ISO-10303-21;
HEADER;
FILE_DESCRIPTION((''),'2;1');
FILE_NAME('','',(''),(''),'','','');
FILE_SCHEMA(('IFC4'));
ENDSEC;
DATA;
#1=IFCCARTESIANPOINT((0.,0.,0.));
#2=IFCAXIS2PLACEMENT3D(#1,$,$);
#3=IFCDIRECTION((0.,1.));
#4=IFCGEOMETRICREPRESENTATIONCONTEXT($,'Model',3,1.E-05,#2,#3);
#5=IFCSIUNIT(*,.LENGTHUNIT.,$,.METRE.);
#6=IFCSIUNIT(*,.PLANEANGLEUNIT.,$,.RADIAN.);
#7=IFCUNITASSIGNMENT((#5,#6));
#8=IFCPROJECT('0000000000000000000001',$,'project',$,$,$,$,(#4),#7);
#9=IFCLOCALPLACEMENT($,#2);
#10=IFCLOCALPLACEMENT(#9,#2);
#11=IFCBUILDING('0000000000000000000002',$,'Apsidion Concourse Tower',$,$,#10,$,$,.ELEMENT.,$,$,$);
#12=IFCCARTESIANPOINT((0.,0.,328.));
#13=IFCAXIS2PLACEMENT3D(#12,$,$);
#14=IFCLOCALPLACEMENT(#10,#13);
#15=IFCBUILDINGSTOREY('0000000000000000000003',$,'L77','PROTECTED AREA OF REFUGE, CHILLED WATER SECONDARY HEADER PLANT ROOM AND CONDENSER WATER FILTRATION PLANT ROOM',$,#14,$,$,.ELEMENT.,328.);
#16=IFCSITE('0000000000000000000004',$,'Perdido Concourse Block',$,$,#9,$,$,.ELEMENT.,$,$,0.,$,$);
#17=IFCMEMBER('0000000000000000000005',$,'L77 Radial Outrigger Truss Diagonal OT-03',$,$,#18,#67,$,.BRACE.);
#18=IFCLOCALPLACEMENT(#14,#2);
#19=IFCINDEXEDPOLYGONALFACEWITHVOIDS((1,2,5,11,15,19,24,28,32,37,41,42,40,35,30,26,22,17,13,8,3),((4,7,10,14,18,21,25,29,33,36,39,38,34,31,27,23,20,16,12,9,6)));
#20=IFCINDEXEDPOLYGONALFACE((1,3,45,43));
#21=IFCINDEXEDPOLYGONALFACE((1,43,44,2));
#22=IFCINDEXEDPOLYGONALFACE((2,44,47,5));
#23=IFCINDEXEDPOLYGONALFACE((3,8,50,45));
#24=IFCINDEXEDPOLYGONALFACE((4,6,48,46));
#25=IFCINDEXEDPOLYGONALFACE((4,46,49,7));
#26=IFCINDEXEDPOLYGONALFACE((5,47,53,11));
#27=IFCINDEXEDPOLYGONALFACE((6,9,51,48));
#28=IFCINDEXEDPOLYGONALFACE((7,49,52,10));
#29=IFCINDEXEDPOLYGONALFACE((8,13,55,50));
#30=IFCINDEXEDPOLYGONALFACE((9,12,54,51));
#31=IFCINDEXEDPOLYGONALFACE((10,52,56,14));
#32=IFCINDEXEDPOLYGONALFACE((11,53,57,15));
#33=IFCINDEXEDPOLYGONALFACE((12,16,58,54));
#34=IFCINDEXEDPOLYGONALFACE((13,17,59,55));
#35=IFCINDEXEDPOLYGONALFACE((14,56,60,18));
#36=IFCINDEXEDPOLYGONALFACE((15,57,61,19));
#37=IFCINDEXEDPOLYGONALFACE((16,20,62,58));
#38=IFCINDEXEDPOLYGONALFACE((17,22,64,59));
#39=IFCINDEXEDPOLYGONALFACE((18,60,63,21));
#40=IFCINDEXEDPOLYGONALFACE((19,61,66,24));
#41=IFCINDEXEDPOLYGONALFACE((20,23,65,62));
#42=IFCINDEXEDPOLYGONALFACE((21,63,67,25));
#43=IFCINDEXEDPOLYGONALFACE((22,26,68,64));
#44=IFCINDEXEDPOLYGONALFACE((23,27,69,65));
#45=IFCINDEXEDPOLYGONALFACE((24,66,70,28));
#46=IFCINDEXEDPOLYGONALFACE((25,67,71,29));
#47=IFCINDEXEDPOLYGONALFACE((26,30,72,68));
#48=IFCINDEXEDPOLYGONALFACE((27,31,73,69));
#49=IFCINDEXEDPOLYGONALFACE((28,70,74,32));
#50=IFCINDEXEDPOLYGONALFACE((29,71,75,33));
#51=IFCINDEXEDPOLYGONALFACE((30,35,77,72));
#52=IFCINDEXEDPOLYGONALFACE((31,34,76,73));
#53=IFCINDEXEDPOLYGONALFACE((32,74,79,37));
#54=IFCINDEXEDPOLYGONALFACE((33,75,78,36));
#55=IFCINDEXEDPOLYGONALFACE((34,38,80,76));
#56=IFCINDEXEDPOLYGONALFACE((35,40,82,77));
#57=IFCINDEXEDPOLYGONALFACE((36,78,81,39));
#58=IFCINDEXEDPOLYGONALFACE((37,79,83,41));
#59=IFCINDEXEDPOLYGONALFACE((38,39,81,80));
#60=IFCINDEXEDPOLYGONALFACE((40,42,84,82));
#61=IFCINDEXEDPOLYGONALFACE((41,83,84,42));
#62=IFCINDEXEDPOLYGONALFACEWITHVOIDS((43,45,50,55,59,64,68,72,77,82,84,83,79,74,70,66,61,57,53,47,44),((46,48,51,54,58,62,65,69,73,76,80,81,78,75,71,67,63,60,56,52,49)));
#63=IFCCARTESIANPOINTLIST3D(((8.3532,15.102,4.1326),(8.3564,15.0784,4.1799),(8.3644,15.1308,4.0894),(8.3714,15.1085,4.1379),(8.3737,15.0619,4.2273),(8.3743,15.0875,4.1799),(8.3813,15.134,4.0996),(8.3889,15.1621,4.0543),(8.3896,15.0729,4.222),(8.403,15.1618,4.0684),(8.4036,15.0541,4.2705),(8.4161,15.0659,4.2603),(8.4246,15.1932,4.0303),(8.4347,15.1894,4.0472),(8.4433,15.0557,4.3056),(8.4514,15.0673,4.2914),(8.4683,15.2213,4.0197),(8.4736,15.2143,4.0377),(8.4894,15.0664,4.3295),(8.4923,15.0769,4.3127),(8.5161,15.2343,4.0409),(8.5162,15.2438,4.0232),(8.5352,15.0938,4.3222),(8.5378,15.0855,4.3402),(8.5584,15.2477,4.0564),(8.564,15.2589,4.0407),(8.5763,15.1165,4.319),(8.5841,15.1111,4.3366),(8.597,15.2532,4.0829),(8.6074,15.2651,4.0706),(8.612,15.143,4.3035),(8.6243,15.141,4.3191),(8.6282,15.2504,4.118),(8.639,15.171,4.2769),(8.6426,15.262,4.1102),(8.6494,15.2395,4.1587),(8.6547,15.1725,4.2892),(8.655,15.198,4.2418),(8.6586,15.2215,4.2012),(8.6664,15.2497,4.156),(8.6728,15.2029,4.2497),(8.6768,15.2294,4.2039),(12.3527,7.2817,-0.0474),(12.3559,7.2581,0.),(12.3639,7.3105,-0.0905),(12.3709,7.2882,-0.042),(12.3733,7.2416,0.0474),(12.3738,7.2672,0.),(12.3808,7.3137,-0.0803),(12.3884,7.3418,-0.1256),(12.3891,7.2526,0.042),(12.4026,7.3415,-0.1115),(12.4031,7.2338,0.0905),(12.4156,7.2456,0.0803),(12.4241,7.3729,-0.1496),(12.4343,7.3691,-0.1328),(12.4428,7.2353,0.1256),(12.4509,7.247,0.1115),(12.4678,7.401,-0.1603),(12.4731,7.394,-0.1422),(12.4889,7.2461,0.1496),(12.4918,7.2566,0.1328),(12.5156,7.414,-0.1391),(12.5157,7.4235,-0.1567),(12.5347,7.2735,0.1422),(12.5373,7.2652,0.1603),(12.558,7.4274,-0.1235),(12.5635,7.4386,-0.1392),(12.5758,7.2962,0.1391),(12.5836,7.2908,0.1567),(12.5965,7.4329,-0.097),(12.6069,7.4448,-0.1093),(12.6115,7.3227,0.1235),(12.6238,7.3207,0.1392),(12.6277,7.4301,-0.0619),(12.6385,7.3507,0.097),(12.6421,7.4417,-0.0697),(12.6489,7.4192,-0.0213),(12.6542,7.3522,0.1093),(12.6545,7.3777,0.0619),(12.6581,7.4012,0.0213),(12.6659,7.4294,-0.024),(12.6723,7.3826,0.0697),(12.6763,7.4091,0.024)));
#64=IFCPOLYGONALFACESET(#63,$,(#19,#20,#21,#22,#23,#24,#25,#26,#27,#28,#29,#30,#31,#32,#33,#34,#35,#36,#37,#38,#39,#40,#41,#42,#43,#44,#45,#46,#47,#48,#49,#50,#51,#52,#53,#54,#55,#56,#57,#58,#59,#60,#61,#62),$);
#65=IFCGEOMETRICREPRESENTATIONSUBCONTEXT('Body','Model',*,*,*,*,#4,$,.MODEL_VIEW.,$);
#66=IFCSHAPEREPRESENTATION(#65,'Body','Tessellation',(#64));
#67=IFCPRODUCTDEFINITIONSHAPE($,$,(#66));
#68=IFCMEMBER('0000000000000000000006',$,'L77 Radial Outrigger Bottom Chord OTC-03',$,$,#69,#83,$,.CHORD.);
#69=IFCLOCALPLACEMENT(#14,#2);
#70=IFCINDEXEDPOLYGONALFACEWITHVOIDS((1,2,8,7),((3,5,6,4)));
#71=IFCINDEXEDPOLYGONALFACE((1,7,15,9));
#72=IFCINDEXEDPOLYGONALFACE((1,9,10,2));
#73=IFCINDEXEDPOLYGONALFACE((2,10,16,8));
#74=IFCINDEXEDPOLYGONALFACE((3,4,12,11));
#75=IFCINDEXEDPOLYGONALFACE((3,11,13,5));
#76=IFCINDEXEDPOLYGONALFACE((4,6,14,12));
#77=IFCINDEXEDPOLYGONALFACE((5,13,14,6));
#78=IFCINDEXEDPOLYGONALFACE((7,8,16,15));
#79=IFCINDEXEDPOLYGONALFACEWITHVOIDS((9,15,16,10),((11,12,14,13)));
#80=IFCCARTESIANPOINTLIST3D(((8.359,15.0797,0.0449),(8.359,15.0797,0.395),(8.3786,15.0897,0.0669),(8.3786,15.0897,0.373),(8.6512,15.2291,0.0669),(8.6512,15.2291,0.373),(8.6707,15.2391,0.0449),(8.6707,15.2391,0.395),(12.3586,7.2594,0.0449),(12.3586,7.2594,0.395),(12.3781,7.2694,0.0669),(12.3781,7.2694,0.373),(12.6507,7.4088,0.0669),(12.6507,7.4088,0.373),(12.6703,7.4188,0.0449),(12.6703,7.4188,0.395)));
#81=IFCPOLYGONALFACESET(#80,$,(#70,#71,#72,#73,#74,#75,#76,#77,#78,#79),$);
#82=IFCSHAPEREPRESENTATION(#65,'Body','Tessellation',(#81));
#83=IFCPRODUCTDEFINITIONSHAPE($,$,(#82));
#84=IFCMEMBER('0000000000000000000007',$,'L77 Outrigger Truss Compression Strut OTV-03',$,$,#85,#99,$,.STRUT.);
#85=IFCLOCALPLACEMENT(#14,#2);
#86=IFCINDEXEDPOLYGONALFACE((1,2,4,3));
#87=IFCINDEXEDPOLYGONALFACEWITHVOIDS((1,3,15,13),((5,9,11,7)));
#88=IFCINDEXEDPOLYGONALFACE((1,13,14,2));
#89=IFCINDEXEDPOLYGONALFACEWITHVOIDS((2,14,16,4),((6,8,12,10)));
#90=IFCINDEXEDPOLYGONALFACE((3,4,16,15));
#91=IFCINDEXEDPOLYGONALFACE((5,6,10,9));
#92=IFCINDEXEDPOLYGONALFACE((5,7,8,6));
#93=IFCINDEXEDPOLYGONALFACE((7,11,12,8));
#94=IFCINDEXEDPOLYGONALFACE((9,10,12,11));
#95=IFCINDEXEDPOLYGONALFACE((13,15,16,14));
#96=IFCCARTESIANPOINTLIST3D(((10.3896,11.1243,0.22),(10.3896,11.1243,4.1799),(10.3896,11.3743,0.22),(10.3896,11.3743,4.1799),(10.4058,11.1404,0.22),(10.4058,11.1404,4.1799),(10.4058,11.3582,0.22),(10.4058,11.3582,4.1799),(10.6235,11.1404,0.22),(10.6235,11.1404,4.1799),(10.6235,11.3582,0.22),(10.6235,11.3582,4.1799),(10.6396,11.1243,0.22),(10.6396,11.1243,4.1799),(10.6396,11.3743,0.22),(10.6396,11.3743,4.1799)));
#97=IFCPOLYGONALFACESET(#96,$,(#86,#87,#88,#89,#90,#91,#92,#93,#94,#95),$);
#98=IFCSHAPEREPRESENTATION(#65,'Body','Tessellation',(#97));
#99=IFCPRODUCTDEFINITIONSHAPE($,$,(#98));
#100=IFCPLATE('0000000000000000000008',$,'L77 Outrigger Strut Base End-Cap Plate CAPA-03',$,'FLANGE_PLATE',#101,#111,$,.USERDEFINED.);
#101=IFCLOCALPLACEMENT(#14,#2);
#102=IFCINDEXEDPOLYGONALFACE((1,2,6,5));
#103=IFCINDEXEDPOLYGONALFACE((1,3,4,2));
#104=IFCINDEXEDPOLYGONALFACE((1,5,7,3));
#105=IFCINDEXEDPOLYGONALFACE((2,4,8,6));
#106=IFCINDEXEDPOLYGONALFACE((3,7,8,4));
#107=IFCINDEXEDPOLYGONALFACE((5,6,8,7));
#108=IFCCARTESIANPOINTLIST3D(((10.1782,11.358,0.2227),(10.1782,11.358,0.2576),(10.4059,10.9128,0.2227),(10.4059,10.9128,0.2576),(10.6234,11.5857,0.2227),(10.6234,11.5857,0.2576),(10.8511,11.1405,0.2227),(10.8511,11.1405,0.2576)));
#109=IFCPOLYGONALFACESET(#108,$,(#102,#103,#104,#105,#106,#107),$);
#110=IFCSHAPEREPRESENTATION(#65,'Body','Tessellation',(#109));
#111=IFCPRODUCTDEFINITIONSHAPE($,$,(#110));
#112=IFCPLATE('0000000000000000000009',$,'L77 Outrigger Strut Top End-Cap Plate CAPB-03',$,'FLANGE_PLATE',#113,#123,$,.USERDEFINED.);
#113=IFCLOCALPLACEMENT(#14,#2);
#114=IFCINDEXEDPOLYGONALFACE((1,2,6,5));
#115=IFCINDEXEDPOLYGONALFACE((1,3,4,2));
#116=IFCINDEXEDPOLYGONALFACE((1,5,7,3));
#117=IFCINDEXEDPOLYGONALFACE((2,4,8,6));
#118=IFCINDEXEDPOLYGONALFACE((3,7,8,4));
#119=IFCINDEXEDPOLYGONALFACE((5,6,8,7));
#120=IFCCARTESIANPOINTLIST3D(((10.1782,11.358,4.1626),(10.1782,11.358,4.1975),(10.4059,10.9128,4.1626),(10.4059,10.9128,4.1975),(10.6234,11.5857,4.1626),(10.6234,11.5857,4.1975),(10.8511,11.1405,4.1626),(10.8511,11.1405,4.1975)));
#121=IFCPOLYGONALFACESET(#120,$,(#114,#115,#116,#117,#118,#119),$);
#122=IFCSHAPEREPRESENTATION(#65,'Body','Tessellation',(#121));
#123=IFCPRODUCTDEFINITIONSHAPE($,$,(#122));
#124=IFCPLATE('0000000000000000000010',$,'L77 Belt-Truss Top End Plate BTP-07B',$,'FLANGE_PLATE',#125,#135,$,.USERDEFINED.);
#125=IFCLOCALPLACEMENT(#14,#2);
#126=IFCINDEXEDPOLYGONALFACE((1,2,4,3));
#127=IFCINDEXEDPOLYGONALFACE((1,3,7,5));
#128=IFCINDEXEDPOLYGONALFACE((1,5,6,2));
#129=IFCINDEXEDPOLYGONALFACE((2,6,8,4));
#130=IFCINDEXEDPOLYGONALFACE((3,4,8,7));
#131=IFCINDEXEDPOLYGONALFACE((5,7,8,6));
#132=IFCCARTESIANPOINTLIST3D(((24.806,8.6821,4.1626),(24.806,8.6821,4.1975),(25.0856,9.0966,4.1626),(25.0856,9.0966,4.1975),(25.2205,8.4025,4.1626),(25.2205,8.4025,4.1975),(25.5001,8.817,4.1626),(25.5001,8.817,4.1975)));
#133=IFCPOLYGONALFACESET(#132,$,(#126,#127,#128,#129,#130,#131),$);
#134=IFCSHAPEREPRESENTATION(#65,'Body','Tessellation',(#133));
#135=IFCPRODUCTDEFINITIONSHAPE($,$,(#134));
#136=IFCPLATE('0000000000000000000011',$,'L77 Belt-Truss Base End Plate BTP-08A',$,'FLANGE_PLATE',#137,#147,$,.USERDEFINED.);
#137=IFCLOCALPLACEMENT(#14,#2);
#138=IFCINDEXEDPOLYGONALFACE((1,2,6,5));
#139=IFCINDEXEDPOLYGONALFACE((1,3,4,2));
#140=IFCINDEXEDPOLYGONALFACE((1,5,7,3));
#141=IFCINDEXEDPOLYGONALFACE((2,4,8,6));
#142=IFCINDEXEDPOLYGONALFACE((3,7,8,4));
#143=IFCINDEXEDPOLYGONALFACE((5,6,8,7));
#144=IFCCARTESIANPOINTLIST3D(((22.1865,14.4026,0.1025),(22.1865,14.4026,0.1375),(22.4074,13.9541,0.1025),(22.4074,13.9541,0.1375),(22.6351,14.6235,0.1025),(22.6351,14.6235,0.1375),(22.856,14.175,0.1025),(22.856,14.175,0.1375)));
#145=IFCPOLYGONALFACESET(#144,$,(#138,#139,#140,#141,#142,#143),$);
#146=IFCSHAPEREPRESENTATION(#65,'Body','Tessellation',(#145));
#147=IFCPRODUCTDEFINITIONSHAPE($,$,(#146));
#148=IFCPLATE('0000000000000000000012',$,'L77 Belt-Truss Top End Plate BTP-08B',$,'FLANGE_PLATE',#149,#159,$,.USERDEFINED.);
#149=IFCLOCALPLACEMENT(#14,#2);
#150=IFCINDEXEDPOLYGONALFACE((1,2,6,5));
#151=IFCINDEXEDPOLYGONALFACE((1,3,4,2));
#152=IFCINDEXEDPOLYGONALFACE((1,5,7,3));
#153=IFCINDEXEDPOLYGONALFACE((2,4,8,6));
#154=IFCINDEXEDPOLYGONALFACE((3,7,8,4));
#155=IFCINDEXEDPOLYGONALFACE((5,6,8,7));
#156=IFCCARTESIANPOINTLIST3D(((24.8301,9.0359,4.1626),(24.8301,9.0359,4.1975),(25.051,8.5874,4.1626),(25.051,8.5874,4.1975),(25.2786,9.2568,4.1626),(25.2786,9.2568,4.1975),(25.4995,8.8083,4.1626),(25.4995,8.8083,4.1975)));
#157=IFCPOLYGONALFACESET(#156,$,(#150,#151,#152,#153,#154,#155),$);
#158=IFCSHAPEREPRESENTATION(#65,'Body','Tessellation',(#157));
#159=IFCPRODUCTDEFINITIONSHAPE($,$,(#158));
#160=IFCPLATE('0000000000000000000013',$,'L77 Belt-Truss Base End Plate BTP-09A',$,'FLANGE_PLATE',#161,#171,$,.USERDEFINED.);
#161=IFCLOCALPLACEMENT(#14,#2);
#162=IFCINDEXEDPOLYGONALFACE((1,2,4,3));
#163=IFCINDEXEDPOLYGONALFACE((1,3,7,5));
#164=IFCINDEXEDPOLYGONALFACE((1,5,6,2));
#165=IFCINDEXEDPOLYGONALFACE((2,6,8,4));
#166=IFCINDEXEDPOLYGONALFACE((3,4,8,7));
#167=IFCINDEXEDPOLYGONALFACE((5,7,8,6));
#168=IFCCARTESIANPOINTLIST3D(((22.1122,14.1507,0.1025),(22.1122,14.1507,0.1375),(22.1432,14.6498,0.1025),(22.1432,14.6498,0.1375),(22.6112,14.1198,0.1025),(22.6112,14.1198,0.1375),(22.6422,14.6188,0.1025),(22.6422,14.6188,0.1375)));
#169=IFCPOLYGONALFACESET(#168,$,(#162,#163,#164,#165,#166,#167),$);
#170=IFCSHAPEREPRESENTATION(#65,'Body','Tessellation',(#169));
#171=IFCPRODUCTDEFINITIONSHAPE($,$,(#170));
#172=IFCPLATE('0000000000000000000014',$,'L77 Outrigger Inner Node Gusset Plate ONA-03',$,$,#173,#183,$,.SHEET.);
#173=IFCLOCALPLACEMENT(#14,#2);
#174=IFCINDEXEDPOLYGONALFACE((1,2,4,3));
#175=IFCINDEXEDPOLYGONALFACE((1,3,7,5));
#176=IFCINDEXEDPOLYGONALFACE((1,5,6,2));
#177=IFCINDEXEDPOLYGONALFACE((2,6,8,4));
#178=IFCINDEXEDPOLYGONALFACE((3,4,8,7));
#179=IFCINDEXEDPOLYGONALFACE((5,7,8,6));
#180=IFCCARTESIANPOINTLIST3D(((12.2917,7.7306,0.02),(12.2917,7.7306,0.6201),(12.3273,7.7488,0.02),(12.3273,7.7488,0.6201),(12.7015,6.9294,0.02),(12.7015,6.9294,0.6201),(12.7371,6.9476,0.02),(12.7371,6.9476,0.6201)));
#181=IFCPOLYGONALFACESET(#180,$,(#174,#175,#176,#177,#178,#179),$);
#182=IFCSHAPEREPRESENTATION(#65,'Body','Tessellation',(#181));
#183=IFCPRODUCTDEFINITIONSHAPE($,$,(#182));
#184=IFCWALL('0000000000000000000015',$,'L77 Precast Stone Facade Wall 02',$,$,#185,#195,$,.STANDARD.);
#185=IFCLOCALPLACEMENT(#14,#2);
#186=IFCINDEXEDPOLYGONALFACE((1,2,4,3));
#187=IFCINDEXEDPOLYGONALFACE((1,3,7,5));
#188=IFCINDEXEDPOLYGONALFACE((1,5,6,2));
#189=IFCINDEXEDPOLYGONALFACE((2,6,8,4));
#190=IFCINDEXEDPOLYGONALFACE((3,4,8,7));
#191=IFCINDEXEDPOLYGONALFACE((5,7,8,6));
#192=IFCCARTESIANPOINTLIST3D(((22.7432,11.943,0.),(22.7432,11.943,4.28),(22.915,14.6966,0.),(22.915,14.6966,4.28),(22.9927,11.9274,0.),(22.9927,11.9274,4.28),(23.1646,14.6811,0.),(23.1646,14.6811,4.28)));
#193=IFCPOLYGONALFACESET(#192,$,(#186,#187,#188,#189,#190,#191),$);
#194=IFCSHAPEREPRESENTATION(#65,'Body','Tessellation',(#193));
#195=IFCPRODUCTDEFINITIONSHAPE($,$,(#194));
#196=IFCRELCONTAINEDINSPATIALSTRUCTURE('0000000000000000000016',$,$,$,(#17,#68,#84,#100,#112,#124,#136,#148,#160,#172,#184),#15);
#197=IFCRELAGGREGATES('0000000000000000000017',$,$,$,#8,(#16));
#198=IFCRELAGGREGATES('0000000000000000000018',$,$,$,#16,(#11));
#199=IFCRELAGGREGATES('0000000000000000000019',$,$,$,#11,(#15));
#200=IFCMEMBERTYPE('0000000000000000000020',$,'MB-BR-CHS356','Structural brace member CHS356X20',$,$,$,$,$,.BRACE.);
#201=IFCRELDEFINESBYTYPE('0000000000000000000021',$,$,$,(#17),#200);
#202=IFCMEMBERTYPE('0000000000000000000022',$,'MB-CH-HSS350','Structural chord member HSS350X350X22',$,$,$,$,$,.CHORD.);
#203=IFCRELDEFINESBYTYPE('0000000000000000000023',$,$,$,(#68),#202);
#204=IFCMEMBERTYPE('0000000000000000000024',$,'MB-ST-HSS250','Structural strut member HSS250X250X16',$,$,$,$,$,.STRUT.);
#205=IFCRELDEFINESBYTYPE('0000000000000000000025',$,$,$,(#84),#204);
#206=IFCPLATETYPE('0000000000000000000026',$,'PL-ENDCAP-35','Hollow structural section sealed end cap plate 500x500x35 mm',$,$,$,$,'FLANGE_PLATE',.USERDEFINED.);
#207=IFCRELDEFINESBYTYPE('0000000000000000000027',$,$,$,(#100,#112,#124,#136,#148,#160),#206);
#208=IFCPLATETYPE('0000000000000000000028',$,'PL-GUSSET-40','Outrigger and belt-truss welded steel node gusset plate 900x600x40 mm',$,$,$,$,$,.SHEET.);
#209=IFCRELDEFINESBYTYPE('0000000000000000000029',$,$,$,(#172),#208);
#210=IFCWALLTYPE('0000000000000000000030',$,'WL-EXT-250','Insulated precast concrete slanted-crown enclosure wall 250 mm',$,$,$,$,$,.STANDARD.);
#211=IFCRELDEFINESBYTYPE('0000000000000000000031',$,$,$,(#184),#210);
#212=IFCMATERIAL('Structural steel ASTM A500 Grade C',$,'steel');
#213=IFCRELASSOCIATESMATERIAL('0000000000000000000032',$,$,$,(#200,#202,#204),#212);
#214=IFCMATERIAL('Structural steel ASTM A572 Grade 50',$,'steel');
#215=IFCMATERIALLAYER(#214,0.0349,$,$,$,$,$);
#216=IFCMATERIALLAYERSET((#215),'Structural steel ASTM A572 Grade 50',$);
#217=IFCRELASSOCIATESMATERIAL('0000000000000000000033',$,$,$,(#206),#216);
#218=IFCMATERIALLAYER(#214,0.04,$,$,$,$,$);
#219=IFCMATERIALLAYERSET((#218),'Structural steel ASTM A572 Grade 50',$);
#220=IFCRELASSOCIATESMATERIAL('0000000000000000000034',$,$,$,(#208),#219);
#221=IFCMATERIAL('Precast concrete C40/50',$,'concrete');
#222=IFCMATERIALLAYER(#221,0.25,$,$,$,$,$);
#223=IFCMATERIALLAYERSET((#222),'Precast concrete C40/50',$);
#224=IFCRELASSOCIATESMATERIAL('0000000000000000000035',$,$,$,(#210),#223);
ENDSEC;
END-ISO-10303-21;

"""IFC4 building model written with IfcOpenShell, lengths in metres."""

from ifc_helpers import new_model, si_unit, direction, frame, frame_2d, origin, origin_2d, place, context, subcontext, project, spatial, rectangle, hollow_rectangle, hollow_circle, extrude, material, layer, layer_set, material_profile, profile_set, type_object, element, save


model = new_model("IFC4")

# Units and contexts
model_context = context("Model", 3, precision=1e-05, world=origin(), true_north=direction((0.0, 1.0)))
body_context = subcontext(model_context, "Body", "Model", "MODEL_VIEW")
ifc_project = project(units=[si_unit("LENGTHUNIT", "METRE"), si_unit("PLANEANGLEUNIT", "RADIAN")], contexts=[model_context])

# Site, building, storey
site_placement = place(None, origin())
site = spatial("IfcSite", under=ifc_project, at=site_placement, Name="Perdido Concourse Block", CompositionType="ELEMENT", RefElevation=0.0)
building_placement = place(site_placement, origin())
building = spatial("IfcBuilding", under=site, at=building_placement, Name="Apsidion Concourse Tower", CompositionType="ELEMENT")
storey_placement = place(building_placement, frame((0.0, 0.0, 328.0)))
storey = spatial("IfcBuildingStorey", under=building, at=storey_placement, Name="L77", Description="PROTECTED AREA OF REFUGE, CHILLED WATER SECONDARY HEADER PLANT ROOM AND CONDENSER WATER FILTRATION PLANT ROOM", CompositionType="ELEMENT", Elevation=328.0)

# Members
ifc_material_1 = material(Name="Structural steel ASTM A500 Grade C", Category="steel")
ifc_material_profile_1 = material_profile(ifc_material_1, hollow_circle(Radius=0.178, WallThickness=0.02, at=origin_2d()), Name="CHS356X20")
ifc_profile_set_1 = profile_set([ifc_material_profile_1], Name="Structural steel ASTM A500 Grade C")
member_type_1 = type_object("IfcMemberType", Name="MB-BR-CHS356", Description="Structural brace member CHS356X20", PredefinedType="BRACE", material=ifc_profile_set_1)
member_1_placement = place(storey_placement, frame((12.5144, 7.3391, 0.0), z_axis=(-0.411153, 0.803935, 0.4297), x_axis=(-0.890321, -0.455333, 0.0)))
element("IfcMember", 1, at=member_1_placement, inside=storey, type_object=member_type_1, Name="L77 Radial Outrigger Truss Diagonal OT-03", PredefinedType="BRACE", context=body_context, shape_type="SweptSolid", body=[
    extrude(hollow_circle(Radius=0.178, WallThickness=0.02, at=origin_2d()), origin(), (0.0, 0.0, 1.0), 9.7275),
])
ifc_material_profile_2 = material_profile(ifc_material_1, hollow_rectangle(XDim=0.3501, YDim=0.3501, WallThickness=0.022, at=origin_2d()), Name="HSS350X350X22")
ifc_profile_set_2 = profile_set([ifc_material_profile_2], Name="Structural steel ASTM A500 Grade C")
member_type_2 = type_object("IfcMemberType", Name="MB-CH-HSS350", Description="Structural chord member HSS350X350X22", PredefinedType="CHORD", material=ifc_profile_set_2)
member_2_placement = place(storey_placement, frame((12.5144, 7.3391, 0.22), z_axis=(-0.455333, 0.890321, 0.0), x_axis=(-0.890321, -0.455333, 0.0)))
element("IfcMember", 2, at=member_2_placement, inside=storey, type_object=member_type_2, Name="L77 Radial Outrigger Bottom Chord OTC-03", PredefinedType="CHORD", context=body_context, shape_type="SweptSolid", body=[
    extrude(hollow_rectangle(XDim=0.3501, YDim=0.3501, WallThickness=0.022, at=origin_2d()), origin(), (0.0, 0.0, 1.0), 8.7837),
])
ifc_material_profile_3 = material_profile(ifc_material_1, hollow_rectangle(XDim=0.25, YDim=0.25, WallThickness=0.0161, at=origin_2d()), Name="HSS250X250X16")
ifc_profile_set_3 = profile_set([ifc_material_profile_3], Name="Structural steel ASTM A500 Grade C")
member_type_3 = type_object("IfcMemberType", Name="MB-ST-HSS250", Description="Structural strut member HSS250X250X16", PredefinedType="STRUT", material=ifc_profile_set_3)
member_3_placement = place(storey_placement, frame((10.5146, 11.2493, 0.22), z_axis=(0.0, 0.0, 1.0), x_axis=(1.0, 0.0, 0.0)))
element("IfcMember", 3, at=member_3_placement, inside=storey, type_object=member_type_3, Name="L77 Outrigger Truss Compression Strut OTV-03", PredefinedType="STRUT", context=body_context, shape_type="SweptSolid", body=[
    extrude(hollow_rectangle(XDim=0.25, YDim=0.25, WallThickness=0.0161, at=origin_2d()), origin(), (0.0, 0.0, 1.0), 3.96),
])

# Plates
ifc_material_2 = material(Name="Structural steel ASTM A572 Grade 50", Category="steel")
ifc_layer_1 = layer(ifc_material_2, 0.0349)
ifc_layer_set_1 = layer_set([ifc_layer_1], Name="Structural steel ASTM A572 Grade 50")
plate_type_1 = type_object("IfcPlateType", Name="PL-ENDCAP-35", Description="Hollow structural section sealed end cap plate 500x500x35 mm", ElementType="FLANGE_PLATE", PredefinedType="USERDEFINED", material=ifc_layer_set_1)
for number, where, z_axis, x_axis, name in (
    (4, (10.5146, 11.2493, 0.2227), (0.0, 0.0, 1.0), (-0.45539, 0.890292, 0.0), "L77 Outrigger Strut Base End-Cap Plate CAPA-03"),
    (5, (10.5146, 11.2493, 4.1626), (0.0, 0.0, 1.0), (-0.45539, 0.890292, 0.0), "L77 Outrigger Strut Top End-Cap Plate CAPB-03"),
    (6, (25.1531, 8.7495, 4.1626), (0.0, 0.0, 1.0), (0.559193, 0.829038, 0.0), "L77 Belt-Truss Top End Plate BTP-07B"),
    (7, (22.5212, 14.2888, 0.1025), (0.0, 0.0, 1.0), (-0.441819, 0.897104, 0.0), "L77 Belt-Truss Base End Plate BTP-08A"),
    (8, (25.1648, 8.9221, 4.1626), (0.0, 0.0, 1.0), (-0.441819, 0.897104, 0.0), "L77 Belt-Truss Top End Plate BTP-08B"),
    (9, (22.3772, 14.3848, 0.1025), (0.0, 0.0, 1.0), (-0.998081, 0.06192, 0.0), "L77 Belt-Truss Base End Plate BTP-09A"),
):
    element("IfcPlate", number, at=place(storey_placement, frame(where, z_axis=z_axis, x_axis=x_axis)), inside=storey, type_object=plate_type_1, Name=name, ObjectType="FLANGE_PLATE", PredefinedType="USERDEFINED", context=body_context, shape_type="SweptSolid", body=[
        extrude(rectangle(XDim=0.5, YDim=0.5, at=origin_2d()), origin(), (0.0, 0.0, 1.0), 0.0349),
    ])
ifc_layer_2 = layer(ifc_material_2, 0.04)
ifc_layer_set_2 = layer_set([ifc_layer_2], Name="Structural steel ASTM A572 Grade 50")
plate_type_2 = type_object("IfcPlateType", Name="PL-GUSSET-40", Description="Outrigger and belt-truss welded steel node gusset plate 900x600x40 mm", PredefinedType="SHEET", material=ifc_layer_set_2)
plate_placement = place(storey_placement, frame((12.5144, 7.3391, 0.02), z_axis=(0.0, 0.0, 1.0), x_axis=(-0.45539, 0.890292, 0.0)))
element("IfcPlate", 10, at=plate_placement, inside=storey, type_object=plate_type_2, Name="L77 Outrigger Inner Node Gusset Plate ONA-03", PredefinedType="SHEET", context=body_context, shape_type="SweptSolid", body=[
    extrude(rectangle(XDim=0.8999, YDim=0.04, at=origin_2d()), origin(), (0.0, 0.0, 1.0), 0.6001),
])

# Wall
ifc_material_3 = material(Name="Precast concrete C40/50", Category="concrete")
ifc_layer_3 = layer(ifc_material_3, 0.25)
ifc_layer_set_3 = layer_set([ifc_layer_3], Name="Precast concrete C40/50")
wall_type_1 = type_object("IfcWallType", Name="WL-EXT-250", Description="Insulated precast concrete slanted-crown enclosure wall 250 mm", PredefinedType="STANDARD", material=ifc_layer_set_3)
wall_1_placement = place(storey_placement, frame((23.0398, 14.6887, 0.0), z_axis=(0.0, 0.0, 1.0), x_axis=(-0.062296, -0.998058, 0.0)))
element("IfcWall", 11, at=wall_1_placement, inside=storey, type_object=wall_type_1, Name="L77 Precast Stone Facade Wall 02", PredefinedType="STANDARD", context=body_context, shape_type="SweptSolid", body=[
    extrude(rectangle(XDim=2.759, YDim=0.25, at=frame_2d((1.3794, 0.0))), origin(), (0.0, 0.0, 1.0), 4.28),
])

save(model, "model.ifc")
